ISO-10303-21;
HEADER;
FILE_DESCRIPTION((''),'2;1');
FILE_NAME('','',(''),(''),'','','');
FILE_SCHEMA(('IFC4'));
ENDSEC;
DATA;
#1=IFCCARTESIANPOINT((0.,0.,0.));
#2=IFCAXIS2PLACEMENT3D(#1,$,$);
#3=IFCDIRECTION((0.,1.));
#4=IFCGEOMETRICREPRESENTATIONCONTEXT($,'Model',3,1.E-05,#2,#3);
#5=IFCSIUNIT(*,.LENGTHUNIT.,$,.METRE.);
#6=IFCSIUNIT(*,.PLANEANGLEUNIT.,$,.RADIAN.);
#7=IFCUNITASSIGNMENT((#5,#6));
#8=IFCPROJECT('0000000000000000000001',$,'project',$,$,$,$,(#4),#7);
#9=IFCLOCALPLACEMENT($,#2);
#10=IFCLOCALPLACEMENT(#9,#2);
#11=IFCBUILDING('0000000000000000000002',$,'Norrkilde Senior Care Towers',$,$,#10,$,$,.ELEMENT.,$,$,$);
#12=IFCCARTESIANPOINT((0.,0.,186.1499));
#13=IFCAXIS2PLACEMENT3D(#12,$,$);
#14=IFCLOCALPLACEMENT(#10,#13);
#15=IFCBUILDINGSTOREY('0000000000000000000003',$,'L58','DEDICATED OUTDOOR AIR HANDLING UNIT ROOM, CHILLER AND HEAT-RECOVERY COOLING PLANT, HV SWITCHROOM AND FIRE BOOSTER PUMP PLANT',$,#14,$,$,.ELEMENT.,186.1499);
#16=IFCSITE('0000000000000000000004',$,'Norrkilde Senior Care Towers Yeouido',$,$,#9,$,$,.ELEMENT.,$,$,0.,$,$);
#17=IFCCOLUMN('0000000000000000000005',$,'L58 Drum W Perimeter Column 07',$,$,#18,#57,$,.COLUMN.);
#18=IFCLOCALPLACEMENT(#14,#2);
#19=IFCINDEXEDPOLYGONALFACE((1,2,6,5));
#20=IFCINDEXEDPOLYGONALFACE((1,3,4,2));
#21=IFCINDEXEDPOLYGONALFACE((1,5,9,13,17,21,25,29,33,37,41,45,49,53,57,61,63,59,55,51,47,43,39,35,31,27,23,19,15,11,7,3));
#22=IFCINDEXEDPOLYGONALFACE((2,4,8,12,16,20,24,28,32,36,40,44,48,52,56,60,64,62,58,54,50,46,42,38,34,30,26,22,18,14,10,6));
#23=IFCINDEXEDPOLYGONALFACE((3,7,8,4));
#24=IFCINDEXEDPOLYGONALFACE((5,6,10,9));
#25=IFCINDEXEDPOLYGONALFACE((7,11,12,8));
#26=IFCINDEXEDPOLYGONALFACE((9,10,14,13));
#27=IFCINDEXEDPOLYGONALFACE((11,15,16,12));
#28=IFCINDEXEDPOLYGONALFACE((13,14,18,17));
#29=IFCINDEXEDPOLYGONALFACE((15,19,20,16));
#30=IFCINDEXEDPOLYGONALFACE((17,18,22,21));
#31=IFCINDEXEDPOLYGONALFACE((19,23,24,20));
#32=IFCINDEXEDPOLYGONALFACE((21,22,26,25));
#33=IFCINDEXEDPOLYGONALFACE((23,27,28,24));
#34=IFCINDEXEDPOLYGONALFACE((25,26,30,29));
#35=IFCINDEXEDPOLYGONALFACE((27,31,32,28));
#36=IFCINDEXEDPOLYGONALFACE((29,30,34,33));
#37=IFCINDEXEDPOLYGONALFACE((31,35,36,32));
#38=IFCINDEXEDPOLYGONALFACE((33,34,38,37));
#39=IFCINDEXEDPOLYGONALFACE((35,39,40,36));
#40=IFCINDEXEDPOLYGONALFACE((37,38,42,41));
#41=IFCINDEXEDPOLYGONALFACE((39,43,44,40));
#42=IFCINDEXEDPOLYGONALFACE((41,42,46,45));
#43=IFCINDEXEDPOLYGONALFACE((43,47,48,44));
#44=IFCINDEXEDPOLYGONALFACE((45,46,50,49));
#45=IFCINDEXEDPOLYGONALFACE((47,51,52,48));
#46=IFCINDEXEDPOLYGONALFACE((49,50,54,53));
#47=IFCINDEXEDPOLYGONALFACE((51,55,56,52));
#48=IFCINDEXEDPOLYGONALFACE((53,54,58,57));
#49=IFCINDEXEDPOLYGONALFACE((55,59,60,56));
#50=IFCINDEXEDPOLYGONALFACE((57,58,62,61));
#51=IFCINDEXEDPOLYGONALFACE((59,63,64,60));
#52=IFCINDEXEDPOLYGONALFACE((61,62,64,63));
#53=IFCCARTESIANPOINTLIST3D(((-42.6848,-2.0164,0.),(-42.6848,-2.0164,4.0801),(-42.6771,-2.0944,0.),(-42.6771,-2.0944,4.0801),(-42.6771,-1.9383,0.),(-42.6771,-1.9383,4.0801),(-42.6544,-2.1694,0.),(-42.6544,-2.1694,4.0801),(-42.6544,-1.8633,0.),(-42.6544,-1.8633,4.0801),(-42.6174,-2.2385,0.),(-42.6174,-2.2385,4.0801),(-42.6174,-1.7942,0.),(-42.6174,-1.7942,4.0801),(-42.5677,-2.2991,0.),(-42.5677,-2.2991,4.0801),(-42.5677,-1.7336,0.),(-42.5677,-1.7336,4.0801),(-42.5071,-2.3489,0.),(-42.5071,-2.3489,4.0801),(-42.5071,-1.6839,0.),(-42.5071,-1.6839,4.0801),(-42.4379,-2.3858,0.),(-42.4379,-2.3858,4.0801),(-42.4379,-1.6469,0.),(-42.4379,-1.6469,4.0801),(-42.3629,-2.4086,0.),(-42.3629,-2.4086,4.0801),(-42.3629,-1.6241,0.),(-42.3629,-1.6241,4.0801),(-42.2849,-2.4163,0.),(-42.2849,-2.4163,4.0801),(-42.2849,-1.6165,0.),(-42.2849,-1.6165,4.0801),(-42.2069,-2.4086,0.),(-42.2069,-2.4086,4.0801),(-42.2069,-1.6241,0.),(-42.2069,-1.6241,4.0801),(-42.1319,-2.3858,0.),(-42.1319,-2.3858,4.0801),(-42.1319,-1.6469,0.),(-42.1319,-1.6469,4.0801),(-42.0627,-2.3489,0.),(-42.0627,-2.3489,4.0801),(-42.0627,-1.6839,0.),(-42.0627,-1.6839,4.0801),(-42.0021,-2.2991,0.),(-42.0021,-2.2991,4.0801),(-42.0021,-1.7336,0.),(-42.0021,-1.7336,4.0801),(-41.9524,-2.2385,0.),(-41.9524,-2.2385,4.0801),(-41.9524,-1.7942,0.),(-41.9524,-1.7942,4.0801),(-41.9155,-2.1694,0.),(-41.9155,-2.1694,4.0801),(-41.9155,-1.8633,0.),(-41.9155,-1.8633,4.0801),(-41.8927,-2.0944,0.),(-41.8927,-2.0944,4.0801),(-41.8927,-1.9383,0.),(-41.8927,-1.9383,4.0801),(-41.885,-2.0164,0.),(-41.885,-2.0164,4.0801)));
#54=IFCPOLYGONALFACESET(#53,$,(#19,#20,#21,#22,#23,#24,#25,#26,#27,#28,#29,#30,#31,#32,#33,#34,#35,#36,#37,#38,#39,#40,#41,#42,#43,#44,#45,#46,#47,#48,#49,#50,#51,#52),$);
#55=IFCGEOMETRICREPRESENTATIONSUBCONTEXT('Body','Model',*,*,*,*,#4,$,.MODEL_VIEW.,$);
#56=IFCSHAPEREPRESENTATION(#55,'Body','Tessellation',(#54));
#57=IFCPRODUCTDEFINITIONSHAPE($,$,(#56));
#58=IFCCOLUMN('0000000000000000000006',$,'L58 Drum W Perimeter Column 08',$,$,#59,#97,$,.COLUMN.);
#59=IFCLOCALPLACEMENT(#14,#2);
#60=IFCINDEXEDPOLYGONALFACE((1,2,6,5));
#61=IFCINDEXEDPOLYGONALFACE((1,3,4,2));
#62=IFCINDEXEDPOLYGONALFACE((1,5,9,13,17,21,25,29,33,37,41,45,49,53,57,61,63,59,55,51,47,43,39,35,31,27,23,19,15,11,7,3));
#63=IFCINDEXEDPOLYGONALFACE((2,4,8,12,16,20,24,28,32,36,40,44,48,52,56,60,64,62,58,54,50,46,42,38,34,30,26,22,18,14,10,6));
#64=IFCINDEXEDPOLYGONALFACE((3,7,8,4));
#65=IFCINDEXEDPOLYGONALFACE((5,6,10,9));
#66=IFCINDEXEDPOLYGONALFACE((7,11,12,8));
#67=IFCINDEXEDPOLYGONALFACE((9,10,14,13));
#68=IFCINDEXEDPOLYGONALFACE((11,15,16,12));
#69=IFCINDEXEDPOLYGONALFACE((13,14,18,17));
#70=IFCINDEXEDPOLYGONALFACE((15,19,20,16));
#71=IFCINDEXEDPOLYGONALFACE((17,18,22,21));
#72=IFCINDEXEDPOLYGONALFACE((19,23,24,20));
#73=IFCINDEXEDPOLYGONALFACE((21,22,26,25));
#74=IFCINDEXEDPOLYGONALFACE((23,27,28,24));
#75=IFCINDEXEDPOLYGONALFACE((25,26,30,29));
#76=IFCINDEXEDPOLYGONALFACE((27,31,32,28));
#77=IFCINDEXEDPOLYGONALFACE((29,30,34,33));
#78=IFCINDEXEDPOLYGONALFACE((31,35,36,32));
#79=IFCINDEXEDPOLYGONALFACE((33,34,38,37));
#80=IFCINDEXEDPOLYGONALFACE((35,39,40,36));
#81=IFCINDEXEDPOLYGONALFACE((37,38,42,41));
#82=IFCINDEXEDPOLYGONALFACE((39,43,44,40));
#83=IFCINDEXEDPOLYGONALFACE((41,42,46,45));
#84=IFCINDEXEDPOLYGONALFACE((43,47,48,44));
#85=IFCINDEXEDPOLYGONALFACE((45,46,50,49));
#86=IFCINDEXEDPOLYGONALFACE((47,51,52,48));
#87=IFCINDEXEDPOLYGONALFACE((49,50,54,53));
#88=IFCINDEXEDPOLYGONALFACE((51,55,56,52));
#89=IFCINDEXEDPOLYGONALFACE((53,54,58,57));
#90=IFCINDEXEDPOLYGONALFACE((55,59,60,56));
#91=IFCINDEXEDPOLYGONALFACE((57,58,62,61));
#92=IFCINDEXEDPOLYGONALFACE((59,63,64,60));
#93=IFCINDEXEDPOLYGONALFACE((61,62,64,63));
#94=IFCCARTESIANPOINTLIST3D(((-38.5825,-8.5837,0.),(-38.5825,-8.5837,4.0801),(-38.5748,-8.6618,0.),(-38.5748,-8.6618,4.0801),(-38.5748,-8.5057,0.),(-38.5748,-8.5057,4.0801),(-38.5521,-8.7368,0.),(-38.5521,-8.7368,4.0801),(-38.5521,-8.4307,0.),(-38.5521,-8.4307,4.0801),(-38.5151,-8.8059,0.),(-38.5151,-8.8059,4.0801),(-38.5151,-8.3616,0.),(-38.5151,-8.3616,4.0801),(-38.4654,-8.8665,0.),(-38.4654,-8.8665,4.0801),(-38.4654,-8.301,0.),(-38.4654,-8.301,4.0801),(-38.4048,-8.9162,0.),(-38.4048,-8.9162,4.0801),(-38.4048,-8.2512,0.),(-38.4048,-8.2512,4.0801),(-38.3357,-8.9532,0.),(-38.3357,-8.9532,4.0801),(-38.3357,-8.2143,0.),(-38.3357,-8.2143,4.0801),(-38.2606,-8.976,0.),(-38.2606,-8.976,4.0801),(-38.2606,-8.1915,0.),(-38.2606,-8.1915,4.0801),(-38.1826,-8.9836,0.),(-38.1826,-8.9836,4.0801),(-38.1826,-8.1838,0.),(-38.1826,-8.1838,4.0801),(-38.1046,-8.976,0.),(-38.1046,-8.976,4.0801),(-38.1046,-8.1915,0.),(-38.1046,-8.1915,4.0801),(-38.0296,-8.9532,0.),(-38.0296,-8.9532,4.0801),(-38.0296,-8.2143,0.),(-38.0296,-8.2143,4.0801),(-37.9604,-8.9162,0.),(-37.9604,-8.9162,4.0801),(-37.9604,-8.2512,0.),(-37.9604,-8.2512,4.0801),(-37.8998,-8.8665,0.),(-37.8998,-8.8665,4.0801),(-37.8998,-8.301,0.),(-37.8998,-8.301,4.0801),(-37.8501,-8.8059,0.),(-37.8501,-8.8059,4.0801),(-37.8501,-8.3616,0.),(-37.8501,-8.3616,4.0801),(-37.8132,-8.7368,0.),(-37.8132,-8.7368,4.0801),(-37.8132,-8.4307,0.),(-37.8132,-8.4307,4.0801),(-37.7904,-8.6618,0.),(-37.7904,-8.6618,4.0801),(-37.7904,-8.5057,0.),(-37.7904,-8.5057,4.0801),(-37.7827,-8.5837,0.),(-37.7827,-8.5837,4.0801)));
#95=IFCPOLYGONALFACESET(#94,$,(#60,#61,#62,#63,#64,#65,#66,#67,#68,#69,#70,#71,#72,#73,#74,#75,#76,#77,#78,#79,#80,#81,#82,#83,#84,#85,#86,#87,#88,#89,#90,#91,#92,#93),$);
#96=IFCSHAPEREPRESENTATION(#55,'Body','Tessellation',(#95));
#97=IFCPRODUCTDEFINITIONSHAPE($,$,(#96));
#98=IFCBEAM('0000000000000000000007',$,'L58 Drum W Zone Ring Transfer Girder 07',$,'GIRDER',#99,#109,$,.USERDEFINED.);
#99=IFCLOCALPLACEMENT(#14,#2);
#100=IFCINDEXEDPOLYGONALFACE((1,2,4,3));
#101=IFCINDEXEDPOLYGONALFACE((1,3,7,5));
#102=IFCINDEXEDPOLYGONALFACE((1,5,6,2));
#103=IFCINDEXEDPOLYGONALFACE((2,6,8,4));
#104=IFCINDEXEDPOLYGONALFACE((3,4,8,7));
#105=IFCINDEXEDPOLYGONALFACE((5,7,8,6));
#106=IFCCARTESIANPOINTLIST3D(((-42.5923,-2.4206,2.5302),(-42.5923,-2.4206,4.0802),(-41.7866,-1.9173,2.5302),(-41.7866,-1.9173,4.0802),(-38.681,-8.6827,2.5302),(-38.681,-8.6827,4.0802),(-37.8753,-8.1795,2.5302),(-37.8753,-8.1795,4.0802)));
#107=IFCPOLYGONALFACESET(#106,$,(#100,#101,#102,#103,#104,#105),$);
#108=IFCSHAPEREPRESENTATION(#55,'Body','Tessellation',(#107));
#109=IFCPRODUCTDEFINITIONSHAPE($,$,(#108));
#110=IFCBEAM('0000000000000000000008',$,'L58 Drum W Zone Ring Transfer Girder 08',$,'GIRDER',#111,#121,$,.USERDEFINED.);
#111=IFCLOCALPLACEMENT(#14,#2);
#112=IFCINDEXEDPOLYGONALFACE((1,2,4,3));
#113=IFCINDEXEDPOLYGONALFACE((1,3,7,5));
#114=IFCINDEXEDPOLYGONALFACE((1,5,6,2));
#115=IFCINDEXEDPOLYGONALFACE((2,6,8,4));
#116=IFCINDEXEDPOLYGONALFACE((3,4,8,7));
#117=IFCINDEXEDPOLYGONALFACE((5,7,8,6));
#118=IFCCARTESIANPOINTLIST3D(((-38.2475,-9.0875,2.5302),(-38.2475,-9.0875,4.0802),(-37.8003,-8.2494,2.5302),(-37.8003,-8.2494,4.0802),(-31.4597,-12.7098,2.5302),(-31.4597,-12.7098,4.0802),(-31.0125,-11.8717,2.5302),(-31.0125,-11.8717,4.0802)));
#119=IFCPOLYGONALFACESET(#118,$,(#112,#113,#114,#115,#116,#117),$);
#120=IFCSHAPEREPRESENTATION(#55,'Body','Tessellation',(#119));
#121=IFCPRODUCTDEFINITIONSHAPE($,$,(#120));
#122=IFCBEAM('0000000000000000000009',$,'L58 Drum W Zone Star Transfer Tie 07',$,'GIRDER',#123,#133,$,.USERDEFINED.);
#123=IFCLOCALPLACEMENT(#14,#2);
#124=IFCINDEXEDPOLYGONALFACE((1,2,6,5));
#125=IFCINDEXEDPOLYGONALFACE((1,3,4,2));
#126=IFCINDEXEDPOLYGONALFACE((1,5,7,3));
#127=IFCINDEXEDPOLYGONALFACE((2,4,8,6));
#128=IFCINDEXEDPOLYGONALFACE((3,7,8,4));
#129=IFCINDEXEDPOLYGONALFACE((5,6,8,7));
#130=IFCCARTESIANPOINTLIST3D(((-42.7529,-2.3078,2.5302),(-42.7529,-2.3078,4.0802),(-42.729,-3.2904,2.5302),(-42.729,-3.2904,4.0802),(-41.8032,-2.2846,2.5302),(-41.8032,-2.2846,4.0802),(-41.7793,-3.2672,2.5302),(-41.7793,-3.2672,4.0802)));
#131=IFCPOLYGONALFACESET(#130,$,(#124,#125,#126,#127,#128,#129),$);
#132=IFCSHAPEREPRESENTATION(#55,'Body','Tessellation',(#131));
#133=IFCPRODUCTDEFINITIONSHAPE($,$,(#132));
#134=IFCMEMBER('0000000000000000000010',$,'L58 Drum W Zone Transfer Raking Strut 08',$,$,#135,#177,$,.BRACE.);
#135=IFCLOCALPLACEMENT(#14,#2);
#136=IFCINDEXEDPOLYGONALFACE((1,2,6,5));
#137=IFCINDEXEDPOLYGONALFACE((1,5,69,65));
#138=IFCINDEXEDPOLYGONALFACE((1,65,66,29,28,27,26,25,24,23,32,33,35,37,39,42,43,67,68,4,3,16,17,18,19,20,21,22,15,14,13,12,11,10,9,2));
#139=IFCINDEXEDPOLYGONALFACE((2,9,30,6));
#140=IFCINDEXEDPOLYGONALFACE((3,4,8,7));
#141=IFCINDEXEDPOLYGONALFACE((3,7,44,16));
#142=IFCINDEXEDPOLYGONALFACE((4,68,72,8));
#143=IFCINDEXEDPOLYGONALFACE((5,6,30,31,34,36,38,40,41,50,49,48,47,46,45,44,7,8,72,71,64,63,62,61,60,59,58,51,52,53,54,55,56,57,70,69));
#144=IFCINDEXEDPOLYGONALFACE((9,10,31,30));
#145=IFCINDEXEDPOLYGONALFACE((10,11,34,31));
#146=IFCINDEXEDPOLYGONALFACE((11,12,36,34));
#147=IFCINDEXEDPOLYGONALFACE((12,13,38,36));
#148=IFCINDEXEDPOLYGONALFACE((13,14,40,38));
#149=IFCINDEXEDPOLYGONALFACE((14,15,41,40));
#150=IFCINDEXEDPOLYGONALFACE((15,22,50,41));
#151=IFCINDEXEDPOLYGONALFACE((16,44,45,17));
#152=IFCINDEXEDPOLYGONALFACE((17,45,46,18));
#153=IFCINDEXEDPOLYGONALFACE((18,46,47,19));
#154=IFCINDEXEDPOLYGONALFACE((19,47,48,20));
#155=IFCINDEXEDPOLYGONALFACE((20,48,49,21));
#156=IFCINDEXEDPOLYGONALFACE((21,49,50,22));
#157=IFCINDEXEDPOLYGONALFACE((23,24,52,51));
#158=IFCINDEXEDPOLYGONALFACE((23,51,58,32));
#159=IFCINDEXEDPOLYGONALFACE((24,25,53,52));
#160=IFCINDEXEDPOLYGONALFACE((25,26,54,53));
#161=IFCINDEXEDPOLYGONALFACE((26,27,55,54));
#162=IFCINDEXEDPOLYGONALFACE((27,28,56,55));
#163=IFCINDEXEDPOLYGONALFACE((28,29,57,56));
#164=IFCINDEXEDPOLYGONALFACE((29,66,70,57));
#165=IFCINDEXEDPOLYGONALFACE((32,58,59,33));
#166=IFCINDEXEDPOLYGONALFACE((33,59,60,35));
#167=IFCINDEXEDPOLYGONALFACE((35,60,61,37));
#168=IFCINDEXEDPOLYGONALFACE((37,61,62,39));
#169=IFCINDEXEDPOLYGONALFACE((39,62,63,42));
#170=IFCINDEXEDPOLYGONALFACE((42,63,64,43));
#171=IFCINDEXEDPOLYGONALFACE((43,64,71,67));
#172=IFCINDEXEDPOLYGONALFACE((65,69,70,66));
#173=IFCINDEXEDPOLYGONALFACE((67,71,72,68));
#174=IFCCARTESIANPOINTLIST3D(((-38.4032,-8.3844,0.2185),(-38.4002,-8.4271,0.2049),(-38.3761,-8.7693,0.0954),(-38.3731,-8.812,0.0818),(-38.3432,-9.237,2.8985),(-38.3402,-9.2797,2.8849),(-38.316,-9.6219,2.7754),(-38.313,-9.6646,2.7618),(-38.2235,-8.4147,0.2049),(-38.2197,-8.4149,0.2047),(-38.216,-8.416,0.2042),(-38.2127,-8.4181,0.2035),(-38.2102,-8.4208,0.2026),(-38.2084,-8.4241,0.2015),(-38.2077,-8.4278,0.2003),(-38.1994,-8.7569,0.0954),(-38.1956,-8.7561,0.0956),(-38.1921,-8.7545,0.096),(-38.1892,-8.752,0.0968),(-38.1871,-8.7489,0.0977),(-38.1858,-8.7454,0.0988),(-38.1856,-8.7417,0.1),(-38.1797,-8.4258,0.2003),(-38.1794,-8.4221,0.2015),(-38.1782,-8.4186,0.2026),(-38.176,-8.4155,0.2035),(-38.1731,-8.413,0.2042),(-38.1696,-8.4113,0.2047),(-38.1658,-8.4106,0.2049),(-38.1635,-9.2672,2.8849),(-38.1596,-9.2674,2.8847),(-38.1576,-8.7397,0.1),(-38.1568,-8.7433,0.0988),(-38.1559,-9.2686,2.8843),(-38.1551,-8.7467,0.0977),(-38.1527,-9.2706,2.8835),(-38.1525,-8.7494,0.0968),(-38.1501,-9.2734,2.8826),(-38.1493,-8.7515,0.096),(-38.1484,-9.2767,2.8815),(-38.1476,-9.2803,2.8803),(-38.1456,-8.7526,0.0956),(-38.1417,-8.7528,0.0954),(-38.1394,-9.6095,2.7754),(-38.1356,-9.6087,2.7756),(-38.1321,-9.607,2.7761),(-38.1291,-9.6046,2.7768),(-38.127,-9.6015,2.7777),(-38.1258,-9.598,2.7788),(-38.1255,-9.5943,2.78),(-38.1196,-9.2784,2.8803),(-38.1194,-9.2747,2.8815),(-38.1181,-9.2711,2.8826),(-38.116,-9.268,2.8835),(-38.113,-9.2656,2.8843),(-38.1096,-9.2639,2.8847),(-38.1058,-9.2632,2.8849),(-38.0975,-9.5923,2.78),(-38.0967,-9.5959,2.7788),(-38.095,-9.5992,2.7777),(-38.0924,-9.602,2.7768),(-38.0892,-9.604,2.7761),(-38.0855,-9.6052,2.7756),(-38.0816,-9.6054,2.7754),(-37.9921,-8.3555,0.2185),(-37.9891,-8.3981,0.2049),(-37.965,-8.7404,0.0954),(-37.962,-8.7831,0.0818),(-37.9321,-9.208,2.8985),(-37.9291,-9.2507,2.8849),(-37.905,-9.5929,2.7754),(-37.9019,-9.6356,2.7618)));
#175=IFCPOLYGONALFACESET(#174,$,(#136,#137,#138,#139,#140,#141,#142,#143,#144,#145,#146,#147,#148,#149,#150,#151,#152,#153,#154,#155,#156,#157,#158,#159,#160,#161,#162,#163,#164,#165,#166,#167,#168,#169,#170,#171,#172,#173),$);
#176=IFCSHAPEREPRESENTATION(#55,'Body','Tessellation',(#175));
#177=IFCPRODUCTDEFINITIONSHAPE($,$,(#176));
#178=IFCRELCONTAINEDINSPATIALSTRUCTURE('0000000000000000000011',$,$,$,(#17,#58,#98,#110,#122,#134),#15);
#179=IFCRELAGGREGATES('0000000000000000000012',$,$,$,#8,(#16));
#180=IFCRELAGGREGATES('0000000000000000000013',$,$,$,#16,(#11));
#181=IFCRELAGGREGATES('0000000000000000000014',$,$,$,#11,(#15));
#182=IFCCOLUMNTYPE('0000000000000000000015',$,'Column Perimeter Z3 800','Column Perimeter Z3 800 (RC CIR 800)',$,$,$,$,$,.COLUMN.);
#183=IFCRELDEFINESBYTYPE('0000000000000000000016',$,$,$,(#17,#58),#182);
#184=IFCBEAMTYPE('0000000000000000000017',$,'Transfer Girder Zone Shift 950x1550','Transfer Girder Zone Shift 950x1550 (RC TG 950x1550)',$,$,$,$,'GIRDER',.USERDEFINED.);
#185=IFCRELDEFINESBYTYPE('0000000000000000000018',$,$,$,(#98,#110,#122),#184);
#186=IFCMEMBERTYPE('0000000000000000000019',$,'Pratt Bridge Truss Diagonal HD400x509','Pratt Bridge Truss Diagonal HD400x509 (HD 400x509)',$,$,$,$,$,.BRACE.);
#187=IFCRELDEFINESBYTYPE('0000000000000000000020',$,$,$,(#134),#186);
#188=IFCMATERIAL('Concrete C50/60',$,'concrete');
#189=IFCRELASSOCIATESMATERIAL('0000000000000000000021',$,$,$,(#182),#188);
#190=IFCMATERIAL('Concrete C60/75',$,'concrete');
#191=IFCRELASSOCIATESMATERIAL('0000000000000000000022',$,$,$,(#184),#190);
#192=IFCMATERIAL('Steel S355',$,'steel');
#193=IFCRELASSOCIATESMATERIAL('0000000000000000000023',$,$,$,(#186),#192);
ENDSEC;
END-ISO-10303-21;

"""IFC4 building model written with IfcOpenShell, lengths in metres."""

from ifc_helpers import new_model, si_unit, direction, frame, origin, origin_2d, place, context, subcontext, project, spatial, rectangle, circle, i_section, extrude, source, transform, mapped, material, material_profile, profile_set, type_object, type_shapes, element, save


model = new_model("IFC4")

# Units and contexts
model_context = context("Model", 3, precision=1e-05, world=origin(), true_north=direction((0.0, 1.0)))
body_context = subcontext(model_context, "Body", "Model", "MODEL_VIEW")
ifc_project = project(units=[si_unit("LENGTHUNIT", "METRE"), si_unit("PLANEANGLEUNIT", "RADIAN")], contexts=[model_context])

# Site, building, storey
site_placement = place(None, origin())
site = spatial("IfcSite", under=ifc_project, at=site_placement, Name="Norrkilde Senior Care Towers Yeouido", CompositionType="ELEMENT", RefElevation=0.0)
building_placement = place(site_placement, origin())
building = spatial("IfcBuilding", under=site, at=building_placement, Name="Norrkilde Senior Care Towers", CompositionType="ELEMENT")
storey_placement = place(building_placement, frame((0.0, 0.0, 186.1499)))
storey = spatial("IfcBuildingStorey", under=building, at=storey_placement, Name="L58", Description="DEDICATED OUTDOOR AIR HANDLING UNIT ROOM, CHILLER AND HEAT-RECOVERY COOLING PLANT, HV SWITCHROOM AND FIRE BOOSTER PUMP PLANT", CompositionType="ELEMENT", Elevation=186.1499)

# Columns
ifc_material_1 = material(Name="Concrete C50/60", Category="concrete")
ifc_material_profile_1 = material_profile(ifc_material_1, circle(Radius=0.3999, at=origin_2d()), Name="RC CIR 800")
ifc_profile_set_1 = profile_set([ifc_material_profile_1], Name="Concrete C50/60")
column_type = type_object("IfcColumnType", Name="Column Perimeter Z3 800", Description="Column Perimeter Z3 800 (RC CIR 800)", PredefinedType="COLUMN", material=ifc_profile_set_1)
shared_shape_1 = source(origin(), body_context, "Body", "SweptSolid", [
    extrude(circle(Radius=0.3999, at=origin_2d()), origin(), (0.0, 0.0, 1.0), 4.0801),
])
type_shapes(column_type, [shared_shape_1])
for number, where, z_axis, x_axis, name in (
    (1, (-42.2849, -2.0164, 0.0), (0.0, 0.0, 1.0), (1.0, 0.0, 0.0), "L58 Drum W Perimeter Column 07"),
    (2, (-38.1826, -8.5837, 0.0), (0.0, 0.0, 1.0), (1.0, 0.0, 0.0), "L58 Drum W Perimeter Column 08"),
):
    element("IfcColumn", number, at=place(storey_placement, frame(where, z_axis=z_axis, x_axis=x_axis)), inside=storey, type_object=column_type, Name=name, PredefinedType="COLUMN", context=body_context, shape_type="MappedRepresentation", body=[
        mapped(shared_shape_1, transform((0.0, 0.0, 0.0), x_axis=(1.0, 0.0, 0.0), y_axis=(0.0, 1.0, 0.0), z_axis=(0.0, 0.0, 1.0), scale=1.0)),
    ])

# Beams
ifc_material_2 = material(Name="Concrete C60/75", Category="concrete")
ifc_material_profile_2 = material_profile(ifc_material_2, rectangle(XDim=0.95, YDim=1.55, at=origin_2d()), Name="RC TG 950x1550")
ifc_profile_set_2 = profile_set([ifc_material_profile_2], Name="Concrete C60/75")
beam_type = type_object("IfcBeamType", Name="Transfer Girder Zone Shift 950x1550", Description="Transfer Girder Zone Shift 950x1550 (RC TG 950x1550)", ElementType="GIRDER", PredefinedType="USERDEFINED", material=ifc_profile_set_2)
shared_shape_2 = source(origin(), body_context, "Body", "SweptSolid", [
    extrude(rectangle(XDim=0.95, YDim=1.55, at=origin_2d()), origin(), (0.0, 0.0, 1.0), 7.3833),
])
beam_1_placement = place(storey_placement, frame((-42.1895, -2.1689, 3.3052), z_axis=(0.529755, -0.848151, 0.0), x_axis=(0.848151, 0.529755, 0.0)))
element("IfcBeam", 3, at=beam_1_placement, inside=storey, type_object=beam_type, Name="L58 Drum W Zone Ring Transfer Girder 07", ObjectType="GIRDER", PredefinedType="USERDEFINED", context=body_context, shape_type="MappedRepresentation", body=[
    mapped(shared_shape_2, transform((0.0, 0.0, 0.0), x_axis=(1.0, 0.0, 0.0), y_axis=(0.0, 1.0, 0.0), z_axis=(0.0, 0.0, 1.0), scale=1.0)),
])
shared_shape_3 = source(origin(), body_context, "Body", "SweptSolid", [
    extrude(rectangle(XDim=0.95, YDim=1.55, at=origin_2d()), origin(), (0.0, 0.0, 1.0), 7.6938),
])
beam_2_placement = place(storey_placement, frame((-38.0239, -8.6685, 3.3052), z_axis=(0.882238, -0.470804, 0.0), x_axis=(0.470804, 0.882238, 0.0)))
element("IfcBeam", 4, at=beam_2_placement, inside=storey, type_object=beam_type, Name="L58 Drum W Zone Ring Transfer Girder 08", ObjectType="GIRDER", PredefinedType="USERDEFINED", context=body_context, shape_type="MappedRepresentation", body=[
    mapped(shared_shape_3, transform((0.0, 0.0, 0.0), x_axis=(1.0, 0.0, 0.0), y_axis=(0.0, 1.0, 0.0), z_axis=(0.0, 0.0, 1.0), scale=1.0)),
])
shared_shape_4 = source(origin(), body_context, "Body", "SweptSolid", [
    extrude(rectangle(XDim=0.95, YDim=1.55, at=origin_2d()), origin(), (0.0, 0.0, 1.0), 0.9829),
])
type_shapes(beam_type, [shared_shape_2, shared_shape_3, shared_shape_4])
beam_3_placement = place(storey_placement, frame((-42.2542, -3.2788, 3.3052), z_axis=(-0.024341, 0.999704, 0.0), x_axis=(-0.999704, -0.024341, 0.0)))
element("IfcBeam", 5, at=beam_3_placement, inside=storey, type_object=beam_type, Name="L58 Drum W Zone Star Transfer Tie 07", ObjectType="GIRDER", PredefinedType="USERDEFINED", context=body_context, shape_type="MappedRepresentation", body=[
    mapped(shared_shape_4, transform((0.0, 0.0, 0.0), x_axis=(1.0, 0.0, 0.0), y_axis=(0.0, 1.0, 0.0), z_axis=(0.0, 0.0, 1.0), scale=1.0)),
])

# Member
ifc_material_3 = material(Name="Steel S355", Category="steel")
ifc_material_profile_3 = material_profile(ifc_material_3, i_section(OverallWidth=0.4121, OverallDepth=0.45, WebThickness=0.0281, FlangeThickness=0.0449, FilletRadius=0.0149, at=origin_2d()), Name="HD 400x509")
ifc_profile_set_3 = profile_set([ifc_material_profile_3], Name="Steel S355")
member_type_1 = type_object("IfcMemberType", Name="Pratt Bridge Truss Diagonal HD400x509", Description="Pratt Bridge Truss Diagonal HD400x509 (HD 400x509)", PredefinedType="BRACE", material=ifc_profile_set_3)
shared_shape_5 = source(origin(), body_context, "Body", "SweptSolid", [
    extrude(i_section(OverallWidth=0.4121, OverallDepth=0.45, WebThickness=0.0281, FlangeThickness=0.0449, FilletRadius=0.0149, at=origin_2d()), origin(), (0.0, 0.0, 1.0), 2.813),
])
type_shapes(member_type_1, [shared_shape_5])
member_1_placement = place(storey_placement, frame((-38.1826, -8.5837, 0.1501), z_axis=(0.021351, -0.303081, 0.952726), x_axis=(0.997528, 0.070273, 0.0)))
element("IfcMember", 6, at=member_1_placement, inside=storey, type_object=member_type_1, Name="L58 Drum W Zone Transfer Raking Strut 08", PredefinedType="BRACE", context=body_context, shape_type="MappedRepresentation", body=[
    mapped(shared_shape_5, transform((0.0, 0.0, 0.0), x_axis=(1.0, 0.0, 0.0), y_axis=(0.0, 1.0, 0.0), z_axis=(0.0, 0.0, 1.0), scale=1.0)),
])

save(model, "model.ifc")
